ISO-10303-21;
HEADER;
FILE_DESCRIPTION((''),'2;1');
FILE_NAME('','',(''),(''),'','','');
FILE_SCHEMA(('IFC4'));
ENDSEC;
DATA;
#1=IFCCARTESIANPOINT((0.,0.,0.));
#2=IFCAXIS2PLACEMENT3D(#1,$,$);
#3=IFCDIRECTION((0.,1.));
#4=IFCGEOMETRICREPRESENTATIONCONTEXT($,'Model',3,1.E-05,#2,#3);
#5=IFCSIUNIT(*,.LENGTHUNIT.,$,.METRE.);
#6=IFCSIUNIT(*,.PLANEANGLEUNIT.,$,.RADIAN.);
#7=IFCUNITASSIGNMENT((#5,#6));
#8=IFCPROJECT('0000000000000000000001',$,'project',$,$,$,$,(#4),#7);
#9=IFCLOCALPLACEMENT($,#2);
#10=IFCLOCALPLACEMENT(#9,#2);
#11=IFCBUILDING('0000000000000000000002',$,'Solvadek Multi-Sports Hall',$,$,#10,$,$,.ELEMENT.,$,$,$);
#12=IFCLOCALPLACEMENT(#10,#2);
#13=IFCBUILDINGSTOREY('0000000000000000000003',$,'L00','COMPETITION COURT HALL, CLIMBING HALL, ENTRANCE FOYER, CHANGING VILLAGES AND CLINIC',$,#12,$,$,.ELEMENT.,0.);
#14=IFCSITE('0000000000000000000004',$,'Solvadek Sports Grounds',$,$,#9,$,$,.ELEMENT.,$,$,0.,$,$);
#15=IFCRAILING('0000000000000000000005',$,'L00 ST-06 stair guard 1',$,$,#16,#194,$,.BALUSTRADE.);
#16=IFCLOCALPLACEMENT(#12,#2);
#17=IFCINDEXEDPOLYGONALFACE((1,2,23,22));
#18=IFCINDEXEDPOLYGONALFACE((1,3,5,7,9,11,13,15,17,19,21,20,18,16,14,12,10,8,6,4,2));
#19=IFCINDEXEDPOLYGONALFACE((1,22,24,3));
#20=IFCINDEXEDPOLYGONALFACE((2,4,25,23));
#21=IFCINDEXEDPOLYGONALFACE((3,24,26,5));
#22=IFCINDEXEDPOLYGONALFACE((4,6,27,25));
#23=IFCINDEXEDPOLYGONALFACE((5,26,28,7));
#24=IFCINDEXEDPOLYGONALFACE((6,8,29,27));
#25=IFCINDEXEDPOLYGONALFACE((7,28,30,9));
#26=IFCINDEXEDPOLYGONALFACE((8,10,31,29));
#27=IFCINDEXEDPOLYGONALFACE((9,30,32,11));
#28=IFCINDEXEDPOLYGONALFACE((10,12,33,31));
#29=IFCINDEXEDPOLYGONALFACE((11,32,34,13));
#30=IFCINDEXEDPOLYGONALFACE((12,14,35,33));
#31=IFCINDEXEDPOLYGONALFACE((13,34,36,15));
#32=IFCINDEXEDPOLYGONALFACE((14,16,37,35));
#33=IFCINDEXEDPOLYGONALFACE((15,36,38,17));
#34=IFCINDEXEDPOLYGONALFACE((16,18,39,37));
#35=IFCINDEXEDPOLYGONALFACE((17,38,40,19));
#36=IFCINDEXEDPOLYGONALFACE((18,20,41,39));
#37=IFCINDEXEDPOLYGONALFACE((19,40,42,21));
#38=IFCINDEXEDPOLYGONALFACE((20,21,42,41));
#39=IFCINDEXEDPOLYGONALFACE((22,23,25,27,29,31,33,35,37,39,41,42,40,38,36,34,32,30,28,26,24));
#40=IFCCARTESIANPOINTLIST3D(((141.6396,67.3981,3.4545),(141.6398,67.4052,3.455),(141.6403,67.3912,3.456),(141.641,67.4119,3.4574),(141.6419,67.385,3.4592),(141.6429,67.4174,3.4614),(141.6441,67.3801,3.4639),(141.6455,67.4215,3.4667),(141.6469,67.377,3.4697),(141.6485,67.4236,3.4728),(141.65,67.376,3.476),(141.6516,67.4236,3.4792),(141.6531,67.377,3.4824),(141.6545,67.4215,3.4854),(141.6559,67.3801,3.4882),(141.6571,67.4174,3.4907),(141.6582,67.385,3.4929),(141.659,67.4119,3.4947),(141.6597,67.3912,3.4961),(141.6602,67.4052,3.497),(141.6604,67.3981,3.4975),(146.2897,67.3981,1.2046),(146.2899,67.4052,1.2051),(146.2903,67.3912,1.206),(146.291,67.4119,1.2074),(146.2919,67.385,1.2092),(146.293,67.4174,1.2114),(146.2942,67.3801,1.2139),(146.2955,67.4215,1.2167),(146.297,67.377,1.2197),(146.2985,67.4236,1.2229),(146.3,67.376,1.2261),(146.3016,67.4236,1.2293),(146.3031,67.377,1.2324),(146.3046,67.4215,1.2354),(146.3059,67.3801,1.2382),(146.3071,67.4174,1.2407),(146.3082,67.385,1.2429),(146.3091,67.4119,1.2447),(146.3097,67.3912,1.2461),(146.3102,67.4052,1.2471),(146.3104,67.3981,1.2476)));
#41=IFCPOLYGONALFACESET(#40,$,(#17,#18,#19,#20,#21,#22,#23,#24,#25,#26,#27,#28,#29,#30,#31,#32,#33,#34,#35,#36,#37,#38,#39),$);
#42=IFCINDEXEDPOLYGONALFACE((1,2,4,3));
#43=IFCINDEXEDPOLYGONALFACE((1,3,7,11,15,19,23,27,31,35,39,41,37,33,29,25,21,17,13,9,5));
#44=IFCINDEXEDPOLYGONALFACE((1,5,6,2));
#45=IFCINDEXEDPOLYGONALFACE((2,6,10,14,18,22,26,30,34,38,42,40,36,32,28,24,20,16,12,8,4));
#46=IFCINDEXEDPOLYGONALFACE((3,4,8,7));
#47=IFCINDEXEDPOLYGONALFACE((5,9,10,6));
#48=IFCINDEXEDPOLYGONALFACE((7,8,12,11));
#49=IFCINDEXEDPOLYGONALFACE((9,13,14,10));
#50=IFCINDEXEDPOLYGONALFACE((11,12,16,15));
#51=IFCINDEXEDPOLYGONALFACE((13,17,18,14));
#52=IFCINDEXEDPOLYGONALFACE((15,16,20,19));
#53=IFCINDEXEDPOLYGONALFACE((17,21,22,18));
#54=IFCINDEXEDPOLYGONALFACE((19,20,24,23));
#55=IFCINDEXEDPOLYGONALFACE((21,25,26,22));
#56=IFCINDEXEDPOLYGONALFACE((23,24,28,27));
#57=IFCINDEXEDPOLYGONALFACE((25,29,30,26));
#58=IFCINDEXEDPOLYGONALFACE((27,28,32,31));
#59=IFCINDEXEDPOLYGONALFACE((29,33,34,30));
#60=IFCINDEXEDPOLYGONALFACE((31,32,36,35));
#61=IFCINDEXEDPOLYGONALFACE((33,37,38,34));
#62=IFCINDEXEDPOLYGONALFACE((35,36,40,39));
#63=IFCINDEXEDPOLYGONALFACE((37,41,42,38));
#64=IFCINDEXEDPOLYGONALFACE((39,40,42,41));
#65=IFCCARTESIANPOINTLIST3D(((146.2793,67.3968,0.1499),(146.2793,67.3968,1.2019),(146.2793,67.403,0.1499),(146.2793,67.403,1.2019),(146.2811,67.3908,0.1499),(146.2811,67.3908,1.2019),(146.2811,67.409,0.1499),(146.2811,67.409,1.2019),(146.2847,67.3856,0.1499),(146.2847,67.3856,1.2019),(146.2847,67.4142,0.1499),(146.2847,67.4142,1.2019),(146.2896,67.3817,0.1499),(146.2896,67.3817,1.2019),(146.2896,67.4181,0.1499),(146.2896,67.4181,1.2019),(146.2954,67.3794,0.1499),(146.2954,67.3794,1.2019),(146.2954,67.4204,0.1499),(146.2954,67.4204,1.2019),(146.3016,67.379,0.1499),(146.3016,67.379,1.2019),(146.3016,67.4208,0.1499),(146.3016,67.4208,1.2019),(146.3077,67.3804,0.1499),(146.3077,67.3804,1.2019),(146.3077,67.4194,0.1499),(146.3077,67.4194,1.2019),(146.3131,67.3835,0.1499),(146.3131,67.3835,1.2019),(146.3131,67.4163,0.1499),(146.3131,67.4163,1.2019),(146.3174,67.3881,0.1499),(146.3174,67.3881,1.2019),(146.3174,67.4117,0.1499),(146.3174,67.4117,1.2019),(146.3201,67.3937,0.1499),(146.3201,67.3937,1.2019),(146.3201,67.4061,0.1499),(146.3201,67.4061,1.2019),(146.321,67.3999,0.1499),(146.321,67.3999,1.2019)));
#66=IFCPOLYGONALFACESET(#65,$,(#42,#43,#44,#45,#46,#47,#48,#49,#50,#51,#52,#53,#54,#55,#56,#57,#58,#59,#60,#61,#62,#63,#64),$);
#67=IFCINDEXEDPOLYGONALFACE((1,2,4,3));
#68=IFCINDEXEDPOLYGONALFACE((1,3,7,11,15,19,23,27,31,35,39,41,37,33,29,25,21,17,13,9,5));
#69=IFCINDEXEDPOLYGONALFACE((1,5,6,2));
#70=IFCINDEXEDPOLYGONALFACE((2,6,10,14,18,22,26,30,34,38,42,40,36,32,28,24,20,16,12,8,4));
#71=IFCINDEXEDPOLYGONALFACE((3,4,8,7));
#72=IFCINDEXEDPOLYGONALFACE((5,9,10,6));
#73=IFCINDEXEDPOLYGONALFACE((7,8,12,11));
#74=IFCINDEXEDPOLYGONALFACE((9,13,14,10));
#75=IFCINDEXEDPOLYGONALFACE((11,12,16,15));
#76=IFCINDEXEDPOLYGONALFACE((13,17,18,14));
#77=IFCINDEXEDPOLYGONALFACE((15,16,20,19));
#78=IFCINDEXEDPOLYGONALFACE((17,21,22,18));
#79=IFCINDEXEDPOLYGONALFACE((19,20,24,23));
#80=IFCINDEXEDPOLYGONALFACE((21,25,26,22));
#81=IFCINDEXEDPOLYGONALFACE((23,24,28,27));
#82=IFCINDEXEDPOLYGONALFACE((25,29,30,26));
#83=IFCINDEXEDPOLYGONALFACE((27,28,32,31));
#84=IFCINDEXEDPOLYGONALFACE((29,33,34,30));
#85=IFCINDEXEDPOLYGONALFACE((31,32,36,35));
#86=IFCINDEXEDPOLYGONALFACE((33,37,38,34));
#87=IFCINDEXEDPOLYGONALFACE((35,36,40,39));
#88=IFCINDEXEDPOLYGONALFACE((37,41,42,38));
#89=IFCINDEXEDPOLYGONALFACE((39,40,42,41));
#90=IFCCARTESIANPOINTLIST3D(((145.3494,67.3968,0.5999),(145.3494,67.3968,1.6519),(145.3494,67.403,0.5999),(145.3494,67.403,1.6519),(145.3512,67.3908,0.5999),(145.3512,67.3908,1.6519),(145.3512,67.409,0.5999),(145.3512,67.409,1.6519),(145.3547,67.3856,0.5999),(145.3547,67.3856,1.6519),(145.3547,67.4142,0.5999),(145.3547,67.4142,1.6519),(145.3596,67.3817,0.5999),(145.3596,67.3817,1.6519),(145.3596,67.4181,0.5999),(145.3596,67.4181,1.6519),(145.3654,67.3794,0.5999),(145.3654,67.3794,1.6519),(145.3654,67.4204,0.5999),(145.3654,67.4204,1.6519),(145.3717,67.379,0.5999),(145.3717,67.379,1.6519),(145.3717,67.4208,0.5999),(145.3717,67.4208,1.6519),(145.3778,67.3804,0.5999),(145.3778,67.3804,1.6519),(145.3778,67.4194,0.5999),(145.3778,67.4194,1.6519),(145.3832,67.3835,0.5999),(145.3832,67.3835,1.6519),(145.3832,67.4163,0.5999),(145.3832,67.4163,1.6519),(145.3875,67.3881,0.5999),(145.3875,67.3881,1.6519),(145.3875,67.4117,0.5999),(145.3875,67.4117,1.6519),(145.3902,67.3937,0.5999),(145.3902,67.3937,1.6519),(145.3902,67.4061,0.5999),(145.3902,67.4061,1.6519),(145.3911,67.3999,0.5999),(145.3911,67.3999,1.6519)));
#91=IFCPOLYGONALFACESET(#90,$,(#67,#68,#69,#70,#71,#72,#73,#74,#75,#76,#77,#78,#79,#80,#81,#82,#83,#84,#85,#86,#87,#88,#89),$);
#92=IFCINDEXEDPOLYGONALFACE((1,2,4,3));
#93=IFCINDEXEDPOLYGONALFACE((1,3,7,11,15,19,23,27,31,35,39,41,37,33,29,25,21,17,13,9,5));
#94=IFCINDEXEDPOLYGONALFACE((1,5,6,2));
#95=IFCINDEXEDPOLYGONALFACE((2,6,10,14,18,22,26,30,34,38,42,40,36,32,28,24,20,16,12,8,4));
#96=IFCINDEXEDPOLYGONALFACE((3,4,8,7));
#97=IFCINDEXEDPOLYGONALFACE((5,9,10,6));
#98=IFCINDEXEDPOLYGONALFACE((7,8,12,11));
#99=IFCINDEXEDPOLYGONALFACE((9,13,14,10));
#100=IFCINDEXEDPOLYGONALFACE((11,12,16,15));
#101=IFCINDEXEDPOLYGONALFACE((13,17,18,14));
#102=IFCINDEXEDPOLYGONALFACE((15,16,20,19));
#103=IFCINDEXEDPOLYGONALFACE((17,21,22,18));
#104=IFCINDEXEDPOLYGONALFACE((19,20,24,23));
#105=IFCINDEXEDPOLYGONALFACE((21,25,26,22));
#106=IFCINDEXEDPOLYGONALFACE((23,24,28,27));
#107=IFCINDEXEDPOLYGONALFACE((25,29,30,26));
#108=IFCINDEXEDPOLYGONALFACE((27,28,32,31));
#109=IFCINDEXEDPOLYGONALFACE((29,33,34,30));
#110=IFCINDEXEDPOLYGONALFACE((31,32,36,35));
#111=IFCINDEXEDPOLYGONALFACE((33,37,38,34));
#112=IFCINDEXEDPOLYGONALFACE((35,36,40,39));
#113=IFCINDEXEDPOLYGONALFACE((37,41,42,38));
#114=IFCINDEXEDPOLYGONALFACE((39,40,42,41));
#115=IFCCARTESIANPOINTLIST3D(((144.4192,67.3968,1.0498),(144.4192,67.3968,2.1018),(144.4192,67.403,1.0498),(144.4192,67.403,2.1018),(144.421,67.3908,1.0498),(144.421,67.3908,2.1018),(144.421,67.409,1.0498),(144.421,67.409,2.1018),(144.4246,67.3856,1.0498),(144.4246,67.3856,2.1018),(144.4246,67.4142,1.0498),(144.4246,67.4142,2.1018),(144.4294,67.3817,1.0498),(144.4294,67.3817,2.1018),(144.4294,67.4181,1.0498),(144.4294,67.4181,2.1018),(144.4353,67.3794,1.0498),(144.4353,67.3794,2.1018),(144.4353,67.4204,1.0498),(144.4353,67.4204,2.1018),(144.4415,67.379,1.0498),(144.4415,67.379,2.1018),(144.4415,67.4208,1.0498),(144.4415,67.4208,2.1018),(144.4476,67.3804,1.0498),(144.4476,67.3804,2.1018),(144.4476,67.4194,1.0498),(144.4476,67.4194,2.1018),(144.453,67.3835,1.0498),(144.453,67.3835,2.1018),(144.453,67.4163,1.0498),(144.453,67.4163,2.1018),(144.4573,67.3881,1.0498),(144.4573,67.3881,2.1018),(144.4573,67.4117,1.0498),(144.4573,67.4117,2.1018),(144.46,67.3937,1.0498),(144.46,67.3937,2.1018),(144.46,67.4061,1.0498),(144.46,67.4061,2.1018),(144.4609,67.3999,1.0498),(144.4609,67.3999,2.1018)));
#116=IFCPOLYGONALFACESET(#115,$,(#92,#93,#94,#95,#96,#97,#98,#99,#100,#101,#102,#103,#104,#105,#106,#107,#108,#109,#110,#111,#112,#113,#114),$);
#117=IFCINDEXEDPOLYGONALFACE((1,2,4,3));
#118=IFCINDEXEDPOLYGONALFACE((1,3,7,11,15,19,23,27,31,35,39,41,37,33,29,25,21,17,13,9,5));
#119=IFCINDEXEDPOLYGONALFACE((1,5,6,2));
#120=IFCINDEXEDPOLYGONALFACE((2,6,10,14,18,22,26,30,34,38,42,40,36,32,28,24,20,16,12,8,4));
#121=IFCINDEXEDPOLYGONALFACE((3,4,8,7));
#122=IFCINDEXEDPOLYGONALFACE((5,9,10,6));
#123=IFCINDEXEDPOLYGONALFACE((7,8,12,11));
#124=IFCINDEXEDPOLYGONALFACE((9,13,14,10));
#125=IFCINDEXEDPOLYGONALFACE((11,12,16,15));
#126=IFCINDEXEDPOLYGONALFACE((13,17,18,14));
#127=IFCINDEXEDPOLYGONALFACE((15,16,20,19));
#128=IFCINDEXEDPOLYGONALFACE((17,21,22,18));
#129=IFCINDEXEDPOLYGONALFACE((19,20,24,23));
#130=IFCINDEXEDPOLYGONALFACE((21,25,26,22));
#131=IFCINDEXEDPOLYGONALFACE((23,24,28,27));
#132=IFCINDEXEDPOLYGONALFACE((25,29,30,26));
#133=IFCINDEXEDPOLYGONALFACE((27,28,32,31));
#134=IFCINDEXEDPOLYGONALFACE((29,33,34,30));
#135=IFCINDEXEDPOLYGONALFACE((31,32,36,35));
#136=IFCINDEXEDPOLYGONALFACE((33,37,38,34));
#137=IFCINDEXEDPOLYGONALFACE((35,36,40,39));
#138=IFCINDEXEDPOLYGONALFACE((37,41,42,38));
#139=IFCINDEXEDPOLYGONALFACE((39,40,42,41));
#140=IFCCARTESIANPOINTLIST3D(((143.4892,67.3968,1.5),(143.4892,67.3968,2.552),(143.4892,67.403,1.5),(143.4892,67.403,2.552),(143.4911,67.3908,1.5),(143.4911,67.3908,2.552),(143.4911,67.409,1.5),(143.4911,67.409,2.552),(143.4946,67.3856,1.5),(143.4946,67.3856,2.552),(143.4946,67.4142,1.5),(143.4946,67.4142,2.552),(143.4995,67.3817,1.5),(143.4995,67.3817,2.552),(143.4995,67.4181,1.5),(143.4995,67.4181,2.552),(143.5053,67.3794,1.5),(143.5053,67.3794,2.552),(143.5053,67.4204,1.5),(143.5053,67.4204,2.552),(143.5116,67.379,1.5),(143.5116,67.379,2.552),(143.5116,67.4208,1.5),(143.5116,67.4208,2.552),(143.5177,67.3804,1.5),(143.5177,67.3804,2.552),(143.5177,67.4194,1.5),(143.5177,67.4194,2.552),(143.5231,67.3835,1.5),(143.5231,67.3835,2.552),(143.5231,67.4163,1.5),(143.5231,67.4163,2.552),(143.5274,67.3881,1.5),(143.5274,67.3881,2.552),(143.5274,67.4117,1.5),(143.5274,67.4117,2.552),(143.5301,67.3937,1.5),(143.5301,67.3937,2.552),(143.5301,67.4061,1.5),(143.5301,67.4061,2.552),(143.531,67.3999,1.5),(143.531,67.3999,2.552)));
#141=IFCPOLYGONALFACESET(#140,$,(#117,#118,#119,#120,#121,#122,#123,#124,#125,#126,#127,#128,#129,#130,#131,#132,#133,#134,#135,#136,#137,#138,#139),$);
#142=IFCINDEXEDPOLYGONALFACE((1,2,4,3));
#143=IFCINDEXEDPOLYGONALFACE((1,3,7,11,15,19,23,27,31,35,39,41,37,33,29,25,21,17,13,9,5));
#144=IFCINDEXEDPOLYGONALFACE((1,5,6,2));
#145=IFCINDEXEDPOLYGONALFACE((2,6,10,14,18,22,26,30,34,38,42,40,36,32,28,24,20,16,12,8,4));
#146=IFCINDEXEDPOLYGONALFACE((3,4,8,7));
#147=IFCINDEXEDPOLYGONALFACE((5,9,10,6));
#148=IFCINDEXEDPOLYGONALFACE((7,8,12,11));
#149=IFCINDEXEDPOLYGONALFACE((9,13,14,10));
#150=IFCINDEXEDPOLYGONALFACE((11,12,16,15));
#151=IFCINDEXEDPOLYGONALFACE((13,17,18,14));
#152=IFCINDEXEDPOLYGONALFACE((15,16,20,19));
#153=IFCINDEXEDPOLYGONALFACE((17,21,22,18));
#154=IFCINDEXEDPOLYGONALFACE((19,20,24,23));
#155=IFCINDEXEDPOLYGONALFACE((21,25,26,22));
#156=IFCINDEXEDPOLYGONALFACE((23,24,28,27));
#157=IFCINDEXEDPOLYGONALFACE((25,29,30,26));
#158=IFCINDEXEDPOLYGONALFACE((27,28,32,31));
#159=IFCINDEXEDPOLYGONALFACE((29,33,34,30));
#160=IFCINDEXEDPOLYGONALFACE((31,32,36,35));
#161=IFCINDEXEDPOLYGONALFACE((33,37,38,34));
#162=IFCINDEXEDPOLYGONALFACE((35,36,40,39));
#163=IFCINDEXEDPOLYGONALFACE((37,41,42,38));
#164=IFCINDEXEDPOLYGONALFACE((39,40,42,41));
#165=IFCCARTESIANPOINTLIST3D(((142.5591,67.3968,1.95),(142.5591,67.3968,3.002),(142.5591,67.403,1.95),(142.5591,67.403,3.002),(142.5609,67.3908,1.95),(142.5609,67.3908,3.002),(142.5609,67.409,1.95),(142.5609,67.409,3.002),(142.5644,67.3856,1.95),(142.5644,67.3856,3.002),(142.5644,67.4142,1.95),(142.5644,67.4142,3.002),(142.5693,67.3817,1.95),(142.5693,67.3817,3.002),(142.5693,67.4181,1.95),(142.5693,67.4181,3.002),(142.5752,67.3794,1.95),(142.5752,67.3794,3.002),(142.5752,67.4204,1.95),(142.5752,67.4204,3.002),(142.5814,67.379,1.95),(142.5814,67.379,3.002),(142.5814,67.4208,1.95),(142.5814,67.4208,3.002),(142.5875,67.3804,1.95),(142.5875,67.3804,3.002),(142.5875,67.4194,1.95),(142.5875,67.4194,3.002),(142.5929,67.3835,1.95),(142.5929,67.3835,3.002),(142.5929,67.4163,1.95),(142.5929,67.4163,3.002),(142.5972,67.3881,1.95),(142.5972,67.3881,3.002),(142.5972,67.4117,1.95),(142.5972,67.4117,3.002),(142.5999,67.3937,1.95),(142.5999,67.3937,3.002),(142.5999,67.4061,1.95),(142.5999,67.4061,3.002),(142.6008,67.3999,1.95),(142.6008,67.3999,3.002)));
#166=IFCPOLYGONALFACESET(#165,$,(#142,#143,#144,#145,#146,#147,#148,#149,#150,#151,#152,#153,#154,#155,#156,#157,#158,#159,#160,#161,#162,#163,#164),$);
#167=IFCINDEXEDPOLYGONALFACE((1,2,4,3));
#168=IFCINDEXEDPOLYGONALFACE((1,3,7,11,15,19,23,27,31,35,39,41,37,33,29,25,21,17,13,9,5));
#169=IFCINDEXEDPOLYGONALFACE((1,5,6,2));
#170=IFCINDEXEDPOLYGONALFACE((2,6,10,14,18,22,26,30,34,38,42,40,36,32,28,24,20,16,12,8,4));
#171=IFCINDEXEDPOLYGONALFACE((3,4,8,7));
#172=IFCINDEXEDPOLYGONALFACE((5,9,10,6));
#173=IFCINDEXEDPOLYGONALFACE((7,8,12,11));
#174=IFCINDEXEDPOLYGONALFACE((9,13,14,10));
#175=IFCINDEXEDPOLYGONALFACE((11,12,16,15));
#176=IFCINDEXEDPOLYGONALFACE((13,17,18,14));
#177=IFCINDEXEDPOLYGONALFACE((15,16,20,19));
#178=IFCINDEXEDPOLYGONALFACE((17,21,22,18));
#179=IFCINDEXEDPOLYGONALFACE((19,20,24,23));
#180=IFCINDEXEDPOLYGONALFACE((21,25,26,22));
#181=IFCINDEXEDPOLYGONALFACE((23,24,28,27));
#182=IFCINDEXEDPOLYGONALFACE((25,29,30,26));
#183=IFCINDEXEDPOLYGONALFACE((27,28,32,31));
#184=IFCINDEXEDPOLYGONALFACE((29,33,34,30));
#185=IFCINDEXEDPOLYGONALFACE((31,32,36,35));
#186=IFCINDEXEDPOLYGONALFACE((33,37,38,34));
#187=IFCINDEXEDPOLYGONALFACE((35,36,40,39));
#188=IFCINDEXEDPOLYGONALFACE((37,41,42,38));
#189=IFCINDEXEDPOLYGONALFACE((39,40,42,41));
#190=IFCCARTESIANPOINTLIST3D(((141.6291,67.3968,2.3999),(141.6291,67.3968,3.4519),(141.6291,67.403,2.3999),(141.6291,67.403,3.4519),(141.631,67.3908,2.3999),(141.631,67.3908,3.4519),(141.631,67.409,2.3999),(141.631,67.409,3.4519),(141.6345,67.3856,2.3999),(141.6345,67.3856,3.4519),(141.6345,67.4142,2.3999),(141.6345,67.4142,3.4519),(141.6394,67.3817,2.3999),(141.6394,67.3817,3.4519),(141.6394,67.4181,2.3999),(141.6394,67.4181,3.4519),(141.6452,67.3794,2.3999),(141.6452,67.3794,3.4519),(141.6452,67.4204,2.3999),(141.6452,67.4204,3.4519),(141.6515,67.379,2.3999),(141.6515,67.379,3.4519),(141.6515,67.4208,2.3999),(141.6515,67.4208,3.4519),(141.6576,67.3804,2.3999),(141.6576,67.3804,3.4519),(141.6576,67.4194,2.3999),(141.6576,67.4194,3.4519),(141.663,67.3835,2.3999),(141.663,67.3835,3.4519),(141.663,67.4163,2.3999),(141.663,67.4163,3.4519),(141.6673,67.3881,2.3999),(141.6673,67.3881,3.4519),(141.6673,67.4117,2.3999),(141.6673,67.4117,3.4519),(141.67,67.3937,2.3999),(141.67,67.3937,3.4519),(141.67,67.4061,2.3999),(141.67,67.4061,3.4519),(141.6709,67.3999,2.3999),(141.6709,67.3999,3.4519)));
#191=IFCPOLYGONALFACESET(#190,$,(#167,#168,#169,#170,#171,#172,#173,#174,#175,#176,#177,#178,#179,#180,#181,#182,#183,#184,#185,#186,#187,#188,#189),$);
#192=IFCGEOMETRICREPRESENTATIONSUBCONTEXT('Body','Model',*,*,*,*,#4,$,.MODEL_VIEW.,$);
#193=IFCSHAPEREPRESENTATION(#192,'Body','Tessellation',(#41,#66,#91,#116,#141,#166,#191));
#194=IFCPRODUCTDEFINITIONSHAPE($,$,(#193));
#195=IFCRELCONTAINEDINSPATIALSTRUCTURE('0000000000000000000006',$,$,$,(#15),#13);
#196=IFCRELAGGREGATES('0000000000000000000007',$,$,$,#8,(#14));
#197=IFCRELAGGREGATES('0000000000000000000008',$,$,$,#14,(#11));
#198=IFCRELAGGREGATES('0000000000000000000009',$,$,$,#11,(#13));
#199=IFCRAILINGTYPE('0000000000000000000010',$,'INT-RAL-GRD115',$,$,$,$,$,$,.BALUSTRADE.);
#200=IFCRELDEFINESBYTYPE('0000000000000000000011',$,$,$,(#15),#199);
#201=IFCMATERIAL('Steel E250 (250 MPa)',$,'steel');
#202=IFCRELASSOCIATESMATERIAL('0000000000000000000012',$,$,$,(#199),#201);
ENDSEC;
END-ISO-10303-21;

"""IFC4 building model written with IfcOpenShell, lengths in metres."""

from ifc_helpers import new_model, si_unit, direction, frame, origin, origin_2d, place, context, subcontext, project, spatial, circle, extrude, material, type_object, element, save


model = new_model("IFC4")

# Units and contexts
model_context = context("Model", 3, precision=1e-05, world=origin(), true_north=direction((0.0, 1.0)))
body_context = subcontext(model_context, "Body", "Model", "MODEL_VIEW")
ifc_project = project(units=[si_unit("LENGTHUNIT", "METRE"), si_unit("PLANEANGLEUNIT", "RADIAN")], contexts=[model_context])

# Site, building, storey
site_placement = place(None, origin())
site = spatial("IfcSite", under=ifc_project, at=site_placement, Name="Solvadek Sports Grounds", CompositionType="ELEMENT", RefElevation=0.0)
building_placement = place(site_placement, origin())
building = spatial("IfcBuilding", under=site, at=building_placement, Name="Solvadek Multi-Sports Hall", CompositionType="ELEMENT")
storey_placement = place(building_placement, origin())
storey = spatial("IfcBuildingStorey", under=building, at=storey_placement, Name="L00", Description="COMPETITION COURT HALL, CLIMBING HALL, ENTRANCE FOYER, CHANGING VILLAGES AND CLINIC", CompositionType="ELEMENT", Elevation=0.0)

# Shared definitions
ifc_material_1 = material(Name="Steel E250 (250 MPa)", Category="steel")

# Railing
railing_type_1 = type_object("IfcRailingType", Name="INT-RAL-GRD115", PredefinedType="BALUSTRADE", material=ifc_material_1)
railing_1_placement = place(storey_placement, frame((146.3, 67.3999, 0.1499)))
element("IfcRailing", 1, at=railing_1_placement, inside=storey, type_object=railing_type_1, Name="L00 ST-06 stair guard 1", PredefinedType="BALUSTRADE", context=body_context, shape_type="SweptSolid", body=[
    extrude(circle(Radius=0.0239, at=origin_2d()), frame((0.0, 0.0, 1.0762), z_axis=(-0.900165, 0.0, 0.43555), x_axis=(0.0, -1.0, 0.0)), (0.0, 0.0, 1.0), 5.1658),
    extrude(circle(Radius=0.021, at=origin_2d()), origin(), (0.0, 0.0, 1.0), 1.052),
    extrude(circle(Radius=0.021, at=origin_2d()), frame((-0.9299, 0.0, 0.45)), (0.0, 0.0, 1.0), 1.052),
    extrude(circle(Radius=0.021, at=origin_2d()), frame((-1.8601, 0.0, 0.8999)), (0.0, 0.0, 1.0), 1.052),
    extrude(circle(Radius=0.021, at=origin_2d()), frame((-2.79, 0.0, 1.3501)), (0.0, 0.0, 1.0), 1.052),
    extrude(circle(Radius=0.021, at=origin_2d()), frame((-3.7202, 0.0, 1.8)), (0.0, 0.0, 1.0), 1.052),
    extrude(circle(Radius=0.021, at=origin_2d()), frame((-4.6501, 0.0, 2.25)), (0.0, 0.0, 1.0), 1.052),
])

save(model, "model.ifc")
